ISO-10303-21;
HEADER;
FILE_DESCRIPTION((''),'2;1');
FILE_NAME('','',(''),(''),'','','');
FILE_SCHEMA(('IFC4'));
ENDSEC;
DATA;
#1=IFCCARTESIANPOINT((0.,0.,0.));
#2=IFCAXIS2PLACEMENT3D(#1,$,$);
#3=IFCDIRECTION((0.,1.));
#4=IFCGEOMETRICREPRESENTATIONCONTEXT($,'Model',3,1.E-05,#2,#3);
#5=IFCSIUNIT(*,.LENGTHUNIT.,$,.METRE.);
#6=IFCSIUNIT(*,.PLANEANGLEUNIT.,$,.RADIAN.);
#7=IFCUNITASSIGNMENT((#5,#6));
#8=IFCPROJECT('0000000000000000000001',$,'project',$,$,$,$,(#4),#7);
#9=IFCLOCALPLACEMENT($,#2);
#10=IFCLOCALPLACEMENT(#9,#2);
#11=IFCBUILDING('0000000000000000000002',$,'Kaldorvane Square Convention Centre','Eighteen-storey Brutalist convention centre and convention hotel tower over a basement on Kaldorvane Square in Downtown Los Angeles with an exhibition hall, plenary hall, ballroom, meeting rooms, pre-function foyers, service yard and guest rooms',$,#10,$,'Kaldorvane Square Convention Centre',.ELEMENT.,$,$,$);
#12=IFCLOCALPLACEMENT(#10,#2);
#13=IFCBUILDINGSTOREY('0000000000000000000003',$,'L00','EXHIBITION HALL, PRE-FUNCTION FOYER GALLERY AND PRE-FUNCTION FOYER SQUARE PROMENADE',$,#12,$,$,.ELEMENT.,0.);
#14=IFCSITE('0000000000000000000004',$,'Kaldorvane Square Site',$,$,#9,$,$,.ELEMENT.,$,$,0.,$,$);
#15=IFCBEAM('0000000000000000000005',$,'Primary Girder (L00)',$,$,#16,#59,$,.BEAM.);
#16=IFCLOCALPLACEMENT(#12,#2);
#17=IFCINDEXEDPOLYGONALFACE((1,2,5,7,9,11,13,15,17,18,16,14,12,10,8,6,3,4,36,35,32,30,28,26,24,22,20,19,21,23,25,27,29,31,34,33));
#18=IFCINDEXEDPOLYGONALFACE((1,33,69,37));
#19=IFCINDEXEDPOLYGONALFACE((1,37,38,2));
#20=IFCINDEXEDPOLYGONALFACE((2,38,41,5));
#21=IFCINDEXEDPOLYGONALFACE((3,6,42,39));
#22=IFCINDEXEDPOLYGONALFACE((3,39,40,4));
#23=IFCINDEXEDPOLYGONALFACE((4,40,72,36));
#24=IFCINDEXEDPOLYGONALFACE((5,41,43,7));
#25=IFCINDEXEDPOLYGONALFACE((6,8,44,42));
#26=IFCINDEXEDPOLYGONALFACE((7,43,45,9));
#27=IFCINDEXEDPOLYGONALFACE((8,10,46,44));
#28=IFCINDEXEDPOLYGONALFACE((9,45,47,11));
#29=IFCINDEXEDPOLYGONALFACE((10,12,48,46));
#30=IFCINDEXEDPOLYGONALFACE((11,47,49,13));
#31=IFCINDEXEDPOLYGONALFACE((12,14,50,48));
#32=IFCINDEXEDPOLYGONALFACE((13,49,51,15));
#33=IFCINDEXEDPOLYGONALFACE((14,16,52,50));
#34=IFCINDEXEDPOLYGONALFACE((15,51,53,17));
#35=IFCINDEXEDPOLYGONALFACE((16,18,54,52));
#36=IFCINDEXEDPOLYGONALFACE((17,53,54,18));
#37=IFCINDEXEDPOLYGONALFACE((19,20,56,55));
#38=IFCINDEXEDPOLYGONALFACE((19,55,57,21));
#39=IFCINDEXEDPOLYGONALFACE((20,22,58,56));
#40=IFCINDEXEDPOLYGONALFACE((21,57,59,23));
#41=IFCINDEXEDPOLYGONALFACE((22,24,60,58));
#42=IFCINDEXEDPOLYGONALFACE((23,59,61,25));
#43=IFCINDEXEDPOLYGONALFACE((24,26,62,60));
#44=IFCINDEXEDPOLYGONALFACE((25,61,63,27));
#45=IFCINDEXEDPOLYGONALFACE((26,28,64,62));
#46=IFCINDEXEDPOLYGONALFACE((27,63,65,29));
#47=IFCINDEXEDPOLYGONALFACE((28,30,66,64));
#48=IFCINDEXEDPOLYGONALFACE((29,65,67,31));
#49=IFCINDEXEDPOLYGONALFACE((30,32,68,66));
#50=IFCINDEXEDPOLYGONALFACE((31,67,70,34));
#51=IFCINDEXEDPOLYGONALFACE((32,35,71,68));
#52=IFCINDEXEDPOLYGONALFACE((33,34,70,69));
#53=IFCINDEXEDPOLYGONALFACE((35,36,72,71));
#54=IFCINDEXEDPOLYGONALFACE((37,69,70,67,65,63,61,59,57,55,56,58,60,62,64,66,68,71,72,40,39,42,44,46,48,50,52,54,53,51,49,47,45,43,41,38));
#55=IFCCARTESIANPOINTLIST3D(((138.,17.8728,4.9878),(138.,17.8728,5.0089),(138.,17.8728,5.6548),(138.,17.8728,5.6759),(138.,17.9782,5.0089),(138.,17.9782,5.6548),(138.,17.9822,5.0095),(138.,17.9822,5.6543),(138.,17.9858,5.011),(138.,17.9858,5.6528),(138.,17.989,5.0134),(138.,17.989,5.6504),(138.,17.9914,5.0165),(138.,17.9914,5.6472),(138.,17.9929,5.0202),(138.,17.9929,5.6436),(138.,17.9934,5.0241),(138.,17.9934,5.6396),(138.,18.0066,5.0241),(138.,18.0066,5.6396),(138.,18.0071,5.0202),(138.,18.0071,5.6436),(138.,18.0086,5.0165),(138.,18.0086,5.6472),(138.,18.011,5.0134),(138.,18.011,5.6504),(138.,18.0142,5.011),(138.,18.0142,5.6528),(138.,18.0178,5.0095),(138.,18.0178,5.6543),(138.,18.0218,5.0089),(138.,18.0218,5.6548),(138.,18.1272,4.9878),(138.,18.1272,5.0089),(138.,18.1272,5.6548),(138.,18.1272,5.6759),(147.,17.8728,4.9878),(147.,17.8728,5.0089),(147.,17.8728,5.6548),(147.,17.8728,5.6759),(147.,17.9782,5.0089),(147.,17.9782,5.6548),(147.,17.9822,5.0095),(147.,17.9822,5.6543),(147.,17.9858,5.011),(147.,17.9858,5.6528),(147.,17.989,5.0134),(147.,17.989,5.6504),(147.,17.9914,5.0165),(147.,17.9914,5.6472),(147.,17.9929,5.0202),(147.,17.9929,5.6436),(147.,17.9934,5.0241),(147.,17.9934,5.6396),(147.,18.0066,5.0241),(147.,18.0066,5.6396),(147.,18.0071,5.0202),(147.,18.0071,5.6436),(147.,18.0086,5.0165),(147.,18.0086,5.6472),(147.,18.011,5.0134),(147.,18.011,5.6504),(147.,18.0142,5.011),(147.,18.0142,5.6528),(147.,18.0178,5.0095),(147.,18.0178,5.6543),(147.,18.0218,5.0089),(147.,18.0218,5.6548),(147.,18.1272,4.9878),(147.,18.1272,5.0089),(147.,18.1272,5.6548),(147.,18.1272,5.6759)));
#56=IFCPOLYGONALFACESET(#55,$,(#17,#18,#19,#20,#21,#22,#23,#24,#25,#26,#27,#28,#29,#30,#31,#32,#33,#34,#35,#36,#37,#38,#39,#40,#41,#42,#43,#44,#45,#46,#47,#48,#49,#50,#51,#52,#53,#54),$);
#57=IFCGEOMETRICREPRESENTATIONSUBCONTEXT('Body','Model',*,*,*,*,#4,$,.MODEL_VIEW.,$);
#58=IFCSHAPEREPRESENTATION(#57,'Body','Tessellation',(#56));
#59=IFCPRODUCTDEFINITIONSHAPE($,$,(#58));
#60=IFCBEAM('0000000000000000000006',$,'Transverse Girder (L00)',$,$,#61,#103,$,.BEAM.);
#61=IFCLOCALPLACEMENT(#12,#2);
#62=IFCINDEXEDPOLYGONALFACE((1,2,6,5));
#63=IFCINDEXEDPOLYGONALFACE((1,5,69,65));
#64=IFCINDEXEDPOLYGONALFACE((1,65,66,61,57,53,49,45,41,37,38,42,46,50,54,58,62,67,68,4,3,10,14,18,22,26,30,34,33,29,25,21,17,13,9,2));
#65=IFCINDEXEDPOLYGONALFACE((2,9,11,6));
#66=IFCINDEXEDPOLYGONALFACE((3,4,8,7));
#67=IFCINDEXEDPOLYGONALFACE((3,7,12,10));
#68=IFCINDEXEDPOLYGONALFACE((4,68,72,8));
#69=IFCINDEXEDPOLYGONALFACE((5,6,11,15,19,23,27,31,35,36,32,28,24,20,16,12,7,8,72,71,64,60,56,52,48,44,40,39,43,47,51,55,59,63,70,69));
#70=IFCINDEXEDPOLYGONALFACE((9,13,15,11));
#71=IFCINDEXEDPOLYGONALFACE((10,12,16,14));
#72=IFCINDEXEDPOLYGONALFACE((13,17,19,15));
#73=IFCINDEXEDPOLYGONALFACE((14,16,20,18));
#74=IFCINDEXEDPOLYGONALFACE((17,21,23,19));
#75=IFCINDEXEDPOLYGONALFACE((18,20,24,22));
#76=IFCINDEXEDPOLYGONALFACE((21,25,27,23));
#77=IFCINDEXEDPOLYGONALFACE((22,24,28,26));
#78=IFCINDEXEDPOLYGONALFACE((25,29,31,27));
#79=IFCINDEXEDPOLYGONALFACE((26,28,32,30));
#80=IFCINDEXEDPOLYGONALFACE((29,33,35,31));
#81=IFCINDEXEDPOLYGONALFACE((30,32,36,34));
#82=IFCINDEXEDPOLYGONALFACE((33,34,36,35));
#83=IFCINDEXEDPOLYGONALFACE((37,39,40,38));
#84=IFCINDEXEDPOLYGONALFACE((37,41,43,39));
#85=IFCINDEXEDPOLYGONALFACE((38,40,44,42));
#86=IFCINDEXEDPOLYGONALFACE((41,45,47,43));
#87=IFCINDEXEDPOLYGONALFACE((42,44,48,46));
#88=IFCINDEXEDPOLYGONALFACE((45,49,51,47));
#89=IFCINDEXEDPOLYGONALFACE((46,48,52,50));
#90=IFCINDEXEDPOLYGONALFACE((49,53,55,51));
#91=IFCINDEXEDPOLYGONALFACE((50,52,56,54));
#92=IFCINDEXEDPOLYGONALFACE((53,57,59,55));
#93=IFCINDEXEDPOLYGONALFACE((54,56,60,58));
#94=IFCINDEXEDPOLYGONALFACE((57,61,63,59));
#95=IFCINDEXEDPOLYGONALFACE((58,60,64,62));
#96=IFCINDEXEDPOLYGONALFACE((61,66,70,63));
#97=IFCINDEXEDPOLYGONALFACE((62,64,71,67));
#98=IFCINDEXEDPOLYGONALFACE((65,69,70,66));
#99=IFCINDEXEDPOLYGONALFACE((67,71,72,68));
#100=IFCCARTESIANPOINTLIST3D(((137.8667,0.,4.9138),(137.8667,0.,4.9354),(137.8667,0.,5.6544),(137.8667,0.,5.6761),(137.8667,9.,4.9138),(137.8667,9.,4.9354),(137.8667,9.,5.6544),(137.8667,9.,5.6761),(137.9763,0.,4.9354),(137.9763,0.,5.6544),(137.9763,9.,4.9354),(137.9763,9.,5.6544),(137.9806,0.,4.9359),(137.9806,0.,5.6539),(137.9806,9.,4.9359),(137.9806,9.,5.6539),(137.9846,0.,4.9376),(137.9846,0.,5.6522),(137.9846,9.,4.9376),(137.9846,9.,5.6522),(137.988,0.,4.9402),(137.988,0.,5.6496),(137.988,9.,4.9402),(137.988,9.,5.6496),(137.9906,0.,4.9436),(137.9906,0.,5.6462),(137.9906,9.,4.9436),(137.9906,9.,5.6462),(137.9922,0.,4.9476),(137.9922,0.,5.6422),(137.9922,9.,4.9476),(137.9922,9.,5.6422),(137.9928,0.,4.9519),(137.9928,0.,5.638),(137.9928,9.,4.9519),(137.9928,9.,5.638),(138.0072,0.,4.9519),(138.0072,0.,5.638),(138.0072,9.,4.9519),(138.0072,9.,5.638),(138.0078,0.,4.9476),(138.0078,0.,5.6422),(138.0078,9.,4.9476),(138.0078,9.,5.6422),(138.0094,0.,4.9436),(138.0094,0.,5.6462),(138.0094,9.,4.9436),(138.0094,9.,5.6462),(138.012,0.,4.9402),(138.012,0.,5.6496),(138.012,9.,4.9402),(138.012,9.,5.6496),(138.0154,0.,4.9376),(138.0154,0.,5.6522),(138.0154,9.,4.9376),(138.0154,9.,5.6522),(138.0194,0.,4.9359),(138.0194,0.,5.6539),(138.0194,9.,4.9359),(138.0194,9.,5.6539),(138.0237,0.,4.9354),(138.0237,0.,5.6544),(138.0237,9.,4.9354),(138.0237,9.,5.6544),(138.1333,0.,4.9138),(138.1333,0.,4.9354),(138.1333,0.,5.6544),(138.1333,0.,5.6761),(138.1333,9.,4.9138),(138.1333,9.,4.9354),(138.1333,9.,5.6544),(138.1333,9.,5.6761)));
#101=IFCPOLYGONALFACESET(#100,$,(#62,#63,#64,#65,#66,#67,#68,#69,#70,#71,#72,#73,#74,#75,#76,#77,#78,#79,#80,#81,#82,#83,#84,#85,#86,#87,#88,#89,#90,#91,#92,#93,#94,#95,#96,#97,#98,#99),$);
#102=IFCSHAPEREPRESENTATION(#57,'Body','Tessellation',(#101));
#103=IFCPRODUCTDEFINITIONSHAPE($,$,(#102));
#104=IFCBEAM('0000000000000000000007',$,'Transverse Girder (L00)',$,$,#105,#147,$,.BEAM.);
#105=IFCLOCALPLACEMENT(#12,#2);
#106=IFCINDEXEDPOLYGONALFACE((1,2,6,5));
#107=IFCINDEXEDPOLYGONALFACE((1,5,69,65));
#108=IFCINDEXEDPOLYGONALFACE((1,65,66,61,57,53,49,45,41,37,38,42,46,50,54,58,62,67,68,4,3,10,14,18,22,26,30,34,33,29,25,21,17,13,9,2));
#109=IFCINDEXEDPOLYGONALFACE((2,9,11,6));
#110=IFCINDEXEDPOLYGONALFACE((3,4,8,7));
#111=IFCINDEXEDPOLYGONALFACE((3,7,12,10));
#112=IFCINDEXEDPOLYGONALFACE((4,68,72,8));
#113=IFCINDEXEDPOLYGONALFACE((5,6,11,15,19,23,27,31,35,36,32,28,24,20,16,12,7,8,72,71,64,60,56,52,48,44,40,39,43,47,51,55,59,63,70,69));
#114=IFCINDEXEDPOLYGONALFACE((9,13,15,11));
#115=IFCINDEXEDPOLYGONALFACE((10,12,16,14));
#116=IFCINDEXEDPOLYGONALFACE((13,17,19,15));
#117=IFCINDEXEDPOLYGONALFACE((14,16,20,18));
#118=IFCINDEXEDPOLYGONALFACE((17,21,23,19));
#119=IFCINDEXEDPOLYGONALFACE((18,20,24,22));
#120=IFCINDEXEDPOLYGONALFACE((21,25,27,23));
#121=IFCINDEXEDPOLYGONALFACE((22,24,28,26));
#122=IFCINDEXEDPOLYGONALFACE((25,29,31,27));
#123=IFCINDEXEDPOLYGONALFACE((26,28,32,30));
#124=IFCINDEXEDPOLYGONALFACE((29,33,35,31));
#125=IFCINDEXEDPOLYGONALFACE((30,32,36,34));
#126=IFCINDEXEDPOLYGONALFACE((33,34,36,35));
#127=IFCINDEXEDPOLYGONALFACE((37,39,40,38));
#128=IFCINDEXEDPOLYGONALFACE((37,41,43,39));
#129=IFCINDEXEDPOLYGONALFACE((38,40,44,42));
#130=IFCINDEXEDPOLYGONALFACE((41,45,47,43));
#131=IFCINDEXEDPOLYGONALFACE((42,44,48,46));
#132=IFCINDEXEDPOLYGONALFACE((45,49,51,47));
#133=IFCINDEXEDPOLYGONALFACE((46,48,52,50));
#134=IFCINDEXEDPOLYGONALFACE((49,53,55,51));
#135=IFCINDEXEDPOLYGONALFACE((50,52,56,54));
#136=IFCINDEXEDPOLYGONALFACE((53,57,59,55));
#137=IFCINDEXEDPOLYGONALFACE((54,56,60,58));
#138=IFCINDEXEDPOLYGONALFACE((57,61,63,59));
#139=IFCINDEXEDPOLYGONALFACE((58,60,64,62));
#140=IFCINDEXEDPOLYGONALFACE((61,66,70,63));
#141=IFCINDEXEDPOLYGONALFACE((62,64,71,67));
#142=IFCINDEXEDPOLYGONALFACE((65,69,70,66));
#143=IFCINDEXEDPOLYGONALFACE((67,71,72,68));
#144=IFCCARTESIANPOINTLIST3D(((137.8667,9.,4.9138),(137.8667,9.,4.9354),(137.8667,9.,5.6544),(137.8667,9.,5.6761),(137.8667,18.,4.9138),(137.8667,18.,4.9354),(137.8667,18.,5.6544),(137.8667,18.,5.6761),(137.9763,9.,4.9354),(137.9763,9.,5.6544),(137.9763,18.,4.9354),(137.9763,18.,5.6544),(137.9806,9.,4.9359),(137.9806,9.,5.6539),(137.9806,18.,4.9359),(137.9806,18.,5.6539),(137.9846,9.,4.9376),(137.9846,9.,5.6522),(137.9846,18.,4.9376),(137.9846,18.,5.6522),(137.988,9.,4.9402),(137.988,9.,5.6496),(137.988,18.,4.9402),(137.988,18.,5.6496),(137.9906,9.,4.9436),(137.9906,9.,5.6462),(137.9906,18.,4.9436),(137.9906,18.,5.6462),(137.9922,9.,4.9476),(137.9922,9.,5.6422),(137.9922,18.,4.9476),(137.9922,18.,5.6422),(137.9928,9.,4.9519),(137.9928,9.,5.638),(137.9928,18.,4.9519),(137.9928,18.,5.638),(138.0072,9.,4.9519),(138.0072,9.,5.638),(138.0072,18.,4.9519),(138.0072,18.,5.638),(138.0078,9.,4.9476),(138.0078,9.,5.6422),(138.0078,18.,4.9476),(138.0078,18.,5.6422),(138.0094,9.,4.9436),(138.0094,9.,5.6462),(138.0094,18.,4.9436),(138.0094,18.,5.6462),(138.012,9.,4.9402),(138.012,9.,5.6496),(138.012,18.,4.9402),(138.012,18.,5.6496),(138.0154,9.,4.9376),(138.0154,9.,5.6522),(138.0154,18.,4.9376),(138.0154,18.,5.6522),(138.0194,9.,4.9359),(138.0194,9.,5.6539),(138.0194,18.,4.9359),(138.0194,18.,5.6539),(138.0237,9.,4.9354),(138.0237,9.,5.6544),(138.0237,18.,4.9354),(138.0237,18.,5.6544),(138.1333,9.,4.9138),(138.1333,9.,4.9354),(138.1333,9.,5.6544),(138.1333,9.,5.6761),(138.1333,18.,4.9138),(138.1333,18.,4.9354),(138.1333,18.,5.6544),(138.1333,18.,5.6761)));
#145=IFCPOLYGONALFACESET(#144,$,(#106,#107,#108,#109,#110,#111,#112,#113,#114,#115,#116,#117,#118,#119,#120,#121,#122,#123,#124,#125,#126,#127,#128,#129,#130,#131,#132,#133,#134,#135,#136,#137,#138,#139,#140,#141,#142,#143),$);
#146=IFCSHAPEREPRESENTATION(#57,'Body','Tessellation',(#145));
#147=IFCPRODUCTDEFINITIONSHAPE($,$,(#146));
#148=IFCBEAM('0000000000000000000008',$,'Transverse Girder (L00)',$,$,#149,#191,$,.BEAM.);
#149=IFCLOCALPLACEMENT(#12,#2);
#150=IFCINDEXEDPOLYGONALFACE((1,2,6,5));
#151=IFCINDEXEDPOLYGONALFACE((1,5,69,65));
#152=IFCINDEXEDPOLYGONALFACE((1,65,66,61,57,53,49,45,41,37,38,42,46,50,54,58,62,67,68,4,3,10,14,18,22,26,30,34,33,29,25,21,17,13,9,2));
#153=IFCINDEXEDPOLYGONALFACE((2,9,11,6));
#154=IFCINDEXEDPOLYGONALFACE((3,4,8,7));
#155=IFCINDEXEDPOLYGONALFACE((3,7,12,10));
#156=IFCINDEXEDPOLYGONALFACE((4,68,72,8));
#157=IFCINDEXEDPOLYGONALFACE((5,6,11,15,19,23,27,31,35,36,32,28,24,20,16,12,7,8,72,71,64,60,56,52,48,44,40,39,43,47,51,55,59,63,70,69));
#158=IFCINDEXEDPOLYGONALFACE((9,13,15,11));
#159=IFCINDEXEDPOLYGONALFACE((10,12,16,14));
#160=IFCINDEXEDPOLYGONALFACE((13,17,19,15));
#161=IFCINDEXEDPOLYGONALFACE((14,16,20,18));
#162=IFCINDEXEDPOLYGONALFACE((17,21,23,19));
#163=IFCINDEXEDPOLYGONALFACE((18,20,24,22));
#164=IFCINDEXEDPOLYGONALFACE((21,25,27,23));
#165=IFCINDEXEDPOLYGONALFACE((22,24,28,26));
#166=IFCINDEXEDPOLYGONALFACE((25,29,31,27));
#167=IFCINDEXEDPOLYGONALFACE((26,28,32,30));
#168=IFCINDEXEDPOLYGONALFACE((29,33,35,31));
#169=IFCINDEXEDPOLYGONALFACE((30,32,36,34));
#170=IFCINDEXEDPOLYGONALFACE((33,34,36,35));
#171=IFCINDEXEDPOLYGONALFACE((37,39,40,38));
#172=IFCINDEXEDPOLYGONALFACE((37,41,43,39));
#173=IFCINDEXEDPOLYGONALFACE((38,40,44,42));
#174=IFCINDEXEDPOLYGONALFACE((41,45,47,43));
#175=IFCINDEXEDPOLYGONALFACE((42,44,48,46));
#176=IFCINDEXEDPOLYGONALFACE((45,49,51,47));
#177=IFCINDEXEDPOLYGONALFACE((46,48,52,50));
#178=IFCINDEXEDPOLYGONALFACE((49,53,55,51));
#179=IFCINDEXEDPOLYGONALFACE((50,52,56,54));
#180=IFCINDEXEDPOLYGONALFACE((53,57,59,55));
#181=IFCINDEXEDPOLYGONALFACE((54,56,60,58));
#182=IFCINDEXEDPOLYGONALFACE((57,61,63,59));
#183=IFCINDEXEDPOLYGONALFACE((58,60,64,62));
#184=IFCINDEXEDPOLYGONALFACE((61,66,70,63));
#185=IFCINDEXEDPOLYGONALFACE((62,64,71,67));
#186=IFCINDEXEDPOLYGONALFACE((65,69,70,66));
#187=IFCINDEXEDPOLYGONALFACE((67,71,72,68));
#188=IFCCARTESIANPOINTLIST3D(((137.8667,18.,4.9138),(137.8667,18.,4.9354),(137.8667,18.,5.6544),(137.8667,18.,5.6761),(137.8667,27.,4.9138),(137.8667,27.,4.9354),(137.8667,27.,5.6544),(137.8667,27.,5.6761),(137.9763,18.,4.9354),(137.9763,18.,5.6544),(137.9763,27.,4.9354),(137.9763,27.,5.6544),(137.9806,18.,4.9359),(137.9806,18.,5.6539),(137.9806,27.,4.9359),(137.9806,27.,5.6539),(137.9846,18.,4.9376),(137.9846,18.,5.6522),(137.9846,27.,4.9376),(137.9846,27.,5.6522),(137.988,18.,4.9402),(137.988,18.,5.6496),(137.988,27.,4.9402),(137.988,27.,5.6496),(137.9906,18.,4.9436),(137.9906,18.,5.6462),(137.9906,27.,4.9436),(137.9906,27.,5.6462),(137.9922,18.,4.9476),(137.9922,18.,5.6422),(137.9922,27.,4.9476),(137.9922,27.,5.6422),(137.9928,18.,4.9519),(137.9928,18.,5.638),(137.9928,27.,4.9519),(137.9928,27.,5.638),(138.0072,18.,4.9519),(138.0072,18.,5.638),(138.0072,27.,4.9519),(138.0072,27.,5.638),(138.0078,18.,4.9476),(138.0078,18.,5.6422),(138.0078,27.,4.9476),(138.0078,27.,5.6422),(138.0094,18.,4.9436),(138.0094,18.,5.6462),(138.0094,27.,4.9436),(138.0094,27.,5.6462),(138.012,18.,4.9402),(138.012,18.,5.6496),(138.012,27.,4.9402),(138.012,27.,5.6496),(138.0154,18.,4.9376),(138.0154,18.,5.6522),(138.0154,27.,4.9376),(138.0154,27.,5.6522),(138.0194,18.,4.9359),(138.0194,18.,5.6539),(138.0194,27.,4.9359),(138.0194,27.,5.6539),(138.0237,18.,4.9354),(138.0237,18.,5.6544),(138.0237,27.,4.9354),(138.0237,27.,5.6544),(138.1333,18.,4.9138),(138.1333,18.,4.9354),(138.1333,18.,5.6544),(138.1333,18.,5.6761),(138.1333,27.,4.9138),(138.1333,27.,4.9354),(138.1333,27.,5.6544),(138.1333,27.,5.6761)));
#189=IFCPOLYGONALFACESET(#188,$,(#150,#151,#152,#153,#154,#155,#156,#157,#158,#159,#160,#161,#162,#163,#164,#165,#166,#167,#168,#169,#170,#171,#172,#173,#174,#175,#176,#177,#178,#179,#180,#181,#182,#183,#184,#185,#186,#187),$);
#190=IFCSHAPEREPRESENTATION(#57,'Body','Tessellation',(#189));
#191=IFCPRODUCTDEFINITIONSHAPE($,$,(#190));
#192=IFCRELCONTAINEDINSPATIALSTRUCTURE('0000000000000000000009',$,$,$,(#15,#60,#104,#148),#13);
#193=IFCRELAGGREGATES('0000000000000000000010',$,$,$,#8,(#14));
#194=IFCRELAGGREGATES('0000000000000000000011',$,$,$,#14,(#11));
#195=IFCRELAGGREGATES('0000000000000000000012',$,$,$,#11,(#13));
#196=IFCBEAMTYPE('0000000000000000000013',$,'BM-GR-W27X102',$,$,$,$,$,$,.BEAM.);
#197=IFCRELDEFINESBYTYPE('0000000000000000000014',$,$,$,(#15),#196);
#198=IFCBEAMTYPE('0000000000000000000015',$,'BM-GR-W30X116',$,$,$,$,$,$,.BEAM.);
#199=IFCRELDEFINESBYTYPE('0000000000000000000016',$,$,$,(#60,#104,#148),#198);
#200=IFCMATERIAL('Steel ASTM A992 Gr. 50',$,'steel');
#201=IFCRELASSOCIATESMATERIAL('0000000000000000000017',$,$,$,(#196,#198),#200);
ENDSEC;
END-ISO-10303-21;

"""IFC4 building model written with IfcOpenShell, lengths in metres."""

from ifc_helpers import new_model, si_unit, direction, frame, origin, origin_2d, place, context, subcontext, project, spatial, i_section, extrude, material, material_profile, profile_set, type_object, element, save


model = new_model("IFC4")

# Units and contexts
model_context = context("Model", 3, precision=1e-05, world=origin(), true_north=direction((0.0, 1.0)))
body_context = subcontext(model_context, "Body", "Model", "MODEL_VIEW")
ifc_project = project(units=[si_unit("LENGTHUNIT", "METRE"), si_unit("PLANEANGLEUNIT", "RADIAN")], contexts=[model_context])

# Site, building, storey
site_placement = place(None, origin())
site = spatial("IfcSite", under=ifc_project, at=site_placement, Name="Kaldorvane Square Site", CompositionType="ELEMENT", RefElevation=0.0)
building_placement = place(site_placement, origin())
building = spatial("IfcBuilding", under=site, at=building_placement, Name="Kaldorvane Square Convention Centre", Description="Eighteen-storey Brutalist convention centre and convention hotel tower over a basement on Kaldorvane Square in Downtown Los Angeles with an exhibition hall, plenary hall, ballroom, meeting rooms, pre-function foyers, service yard and guest rooms", LongName="Kaldorvane Square Convention Centre", CompositionType="ELEMENT")
storey_placement = place(building_placement, origin())
storey = spatial("IfcBuildingStorey", under=building, at=storey_placement, Name="L00", Description="EXHIBITION HALL, PRE-FUNCTION FOYER GALLERY AND PRE-FUNCTION FOYER SQUARE PROMENADE", CompositionType="ELEMENT", Elevation=0.0)

# Shared definitions
ifc_material_1 = material(Name="Steel ASTM A992 Gr. 50", Category="steel")

# Beams
ifc_material_profile_1 = material_profile(ifc_material_1, i_section(OverallWidth=0.2544, OverallDepth=0.6881, WebThickness=0.0131, FlangeThickness=0.0211, FilletRadius=0.0152, at=origin_2d()), Name="W27X102")
ifc_profile_set_1 = profile_set([ifc_material_profile_1], Name="Steel ASTM A992 Gr. 50")
beam_type_1 = type_object("IfcBeamType", Name="BM-GR-W27X102", PredefinedType="BEAM", material=ifc_profile_set_1)
for number, where, z_axis, x_axis, name in (
    (1, (138.0, 18.0, 5.3319), (1.0, 0.0, 0.0), (0.0, 1.0, 0.0), "Primary Girder (L00)"),
):
    element("IfcBeam", number, at=place(storey_placement, frame(where, z_axis=z_axis, x_axis=x_axis)), inside=storey, type_object=beam_type_1, Name=name, PredefinedType="BEAM", context=body_context, shape_type="SweptSolid", body=[
        extrude(i_section(OverallWidth=0.2544, OverallDepth=0.6881, WebThickness=0.0131, FlangeThickness=0.0211, FilletRadius=0.0152, at=origin_2d()), origin(), (0.0, 0.0, 1.0), 9.0),
    ])
ifc_material_profile_2 = material_profile(ifc_material_1, i_section(OverallWidth=0.2666, OverallDepth=0.7623, WebThickness=0.0144, FlangeThickness=0.0216, FilletRadius=0.0165, at=origin_2d()), Name="W30X116")
ifc_profile_set_2 = profile_set([ifc_material_profile_2], Name="Steel ASTM A992 Gr. 50")
beam_type_2 = type_object("IfcBeamType", Name="BM-GR-W30X116", PredefinedType="BEAM", material=ifc_profile_set_2)
for number, where, z_axis, x_axis, name in (
    (2, (138.0, 0.0, 5.2949), (0.0, 1.0, 0.0), (-1.0, 0.0, 0.0), "Transverse Girder (L00)"),
    (3, (138.0, 9.0, 5.2949), (0.0, 1.0, 0.0), (-1.0, 0.0, 0.0), "Transverse Girder (L00)"),
    (4, (138.0, 18.0, 5.2949), (0.0, 1.0, 0.0), (-1.0, 0.0, 0.0), "Transverse Girder (L00)"),
):
    element("IfcBeam", number, at=place(storey_placement, frame(where, z_axis=z_axis, x_axis=x_axis)), inside=storey, type_object=beam_type_2, Name=name, PredefinedType="BEAM", context=body_context, shape_type="SweptSolid", body=[
        extrude(i_section(OverallWidth=0.2666, OverallDepth=0.7623, WebThickness=0.0144, FlangeThickness=0.0216, FilletRadius=0.0165, at=origin_2d()), origin(), (0.0, 0.0, 1.0), 9.0),
    ])

save(model, "model.ifc")
